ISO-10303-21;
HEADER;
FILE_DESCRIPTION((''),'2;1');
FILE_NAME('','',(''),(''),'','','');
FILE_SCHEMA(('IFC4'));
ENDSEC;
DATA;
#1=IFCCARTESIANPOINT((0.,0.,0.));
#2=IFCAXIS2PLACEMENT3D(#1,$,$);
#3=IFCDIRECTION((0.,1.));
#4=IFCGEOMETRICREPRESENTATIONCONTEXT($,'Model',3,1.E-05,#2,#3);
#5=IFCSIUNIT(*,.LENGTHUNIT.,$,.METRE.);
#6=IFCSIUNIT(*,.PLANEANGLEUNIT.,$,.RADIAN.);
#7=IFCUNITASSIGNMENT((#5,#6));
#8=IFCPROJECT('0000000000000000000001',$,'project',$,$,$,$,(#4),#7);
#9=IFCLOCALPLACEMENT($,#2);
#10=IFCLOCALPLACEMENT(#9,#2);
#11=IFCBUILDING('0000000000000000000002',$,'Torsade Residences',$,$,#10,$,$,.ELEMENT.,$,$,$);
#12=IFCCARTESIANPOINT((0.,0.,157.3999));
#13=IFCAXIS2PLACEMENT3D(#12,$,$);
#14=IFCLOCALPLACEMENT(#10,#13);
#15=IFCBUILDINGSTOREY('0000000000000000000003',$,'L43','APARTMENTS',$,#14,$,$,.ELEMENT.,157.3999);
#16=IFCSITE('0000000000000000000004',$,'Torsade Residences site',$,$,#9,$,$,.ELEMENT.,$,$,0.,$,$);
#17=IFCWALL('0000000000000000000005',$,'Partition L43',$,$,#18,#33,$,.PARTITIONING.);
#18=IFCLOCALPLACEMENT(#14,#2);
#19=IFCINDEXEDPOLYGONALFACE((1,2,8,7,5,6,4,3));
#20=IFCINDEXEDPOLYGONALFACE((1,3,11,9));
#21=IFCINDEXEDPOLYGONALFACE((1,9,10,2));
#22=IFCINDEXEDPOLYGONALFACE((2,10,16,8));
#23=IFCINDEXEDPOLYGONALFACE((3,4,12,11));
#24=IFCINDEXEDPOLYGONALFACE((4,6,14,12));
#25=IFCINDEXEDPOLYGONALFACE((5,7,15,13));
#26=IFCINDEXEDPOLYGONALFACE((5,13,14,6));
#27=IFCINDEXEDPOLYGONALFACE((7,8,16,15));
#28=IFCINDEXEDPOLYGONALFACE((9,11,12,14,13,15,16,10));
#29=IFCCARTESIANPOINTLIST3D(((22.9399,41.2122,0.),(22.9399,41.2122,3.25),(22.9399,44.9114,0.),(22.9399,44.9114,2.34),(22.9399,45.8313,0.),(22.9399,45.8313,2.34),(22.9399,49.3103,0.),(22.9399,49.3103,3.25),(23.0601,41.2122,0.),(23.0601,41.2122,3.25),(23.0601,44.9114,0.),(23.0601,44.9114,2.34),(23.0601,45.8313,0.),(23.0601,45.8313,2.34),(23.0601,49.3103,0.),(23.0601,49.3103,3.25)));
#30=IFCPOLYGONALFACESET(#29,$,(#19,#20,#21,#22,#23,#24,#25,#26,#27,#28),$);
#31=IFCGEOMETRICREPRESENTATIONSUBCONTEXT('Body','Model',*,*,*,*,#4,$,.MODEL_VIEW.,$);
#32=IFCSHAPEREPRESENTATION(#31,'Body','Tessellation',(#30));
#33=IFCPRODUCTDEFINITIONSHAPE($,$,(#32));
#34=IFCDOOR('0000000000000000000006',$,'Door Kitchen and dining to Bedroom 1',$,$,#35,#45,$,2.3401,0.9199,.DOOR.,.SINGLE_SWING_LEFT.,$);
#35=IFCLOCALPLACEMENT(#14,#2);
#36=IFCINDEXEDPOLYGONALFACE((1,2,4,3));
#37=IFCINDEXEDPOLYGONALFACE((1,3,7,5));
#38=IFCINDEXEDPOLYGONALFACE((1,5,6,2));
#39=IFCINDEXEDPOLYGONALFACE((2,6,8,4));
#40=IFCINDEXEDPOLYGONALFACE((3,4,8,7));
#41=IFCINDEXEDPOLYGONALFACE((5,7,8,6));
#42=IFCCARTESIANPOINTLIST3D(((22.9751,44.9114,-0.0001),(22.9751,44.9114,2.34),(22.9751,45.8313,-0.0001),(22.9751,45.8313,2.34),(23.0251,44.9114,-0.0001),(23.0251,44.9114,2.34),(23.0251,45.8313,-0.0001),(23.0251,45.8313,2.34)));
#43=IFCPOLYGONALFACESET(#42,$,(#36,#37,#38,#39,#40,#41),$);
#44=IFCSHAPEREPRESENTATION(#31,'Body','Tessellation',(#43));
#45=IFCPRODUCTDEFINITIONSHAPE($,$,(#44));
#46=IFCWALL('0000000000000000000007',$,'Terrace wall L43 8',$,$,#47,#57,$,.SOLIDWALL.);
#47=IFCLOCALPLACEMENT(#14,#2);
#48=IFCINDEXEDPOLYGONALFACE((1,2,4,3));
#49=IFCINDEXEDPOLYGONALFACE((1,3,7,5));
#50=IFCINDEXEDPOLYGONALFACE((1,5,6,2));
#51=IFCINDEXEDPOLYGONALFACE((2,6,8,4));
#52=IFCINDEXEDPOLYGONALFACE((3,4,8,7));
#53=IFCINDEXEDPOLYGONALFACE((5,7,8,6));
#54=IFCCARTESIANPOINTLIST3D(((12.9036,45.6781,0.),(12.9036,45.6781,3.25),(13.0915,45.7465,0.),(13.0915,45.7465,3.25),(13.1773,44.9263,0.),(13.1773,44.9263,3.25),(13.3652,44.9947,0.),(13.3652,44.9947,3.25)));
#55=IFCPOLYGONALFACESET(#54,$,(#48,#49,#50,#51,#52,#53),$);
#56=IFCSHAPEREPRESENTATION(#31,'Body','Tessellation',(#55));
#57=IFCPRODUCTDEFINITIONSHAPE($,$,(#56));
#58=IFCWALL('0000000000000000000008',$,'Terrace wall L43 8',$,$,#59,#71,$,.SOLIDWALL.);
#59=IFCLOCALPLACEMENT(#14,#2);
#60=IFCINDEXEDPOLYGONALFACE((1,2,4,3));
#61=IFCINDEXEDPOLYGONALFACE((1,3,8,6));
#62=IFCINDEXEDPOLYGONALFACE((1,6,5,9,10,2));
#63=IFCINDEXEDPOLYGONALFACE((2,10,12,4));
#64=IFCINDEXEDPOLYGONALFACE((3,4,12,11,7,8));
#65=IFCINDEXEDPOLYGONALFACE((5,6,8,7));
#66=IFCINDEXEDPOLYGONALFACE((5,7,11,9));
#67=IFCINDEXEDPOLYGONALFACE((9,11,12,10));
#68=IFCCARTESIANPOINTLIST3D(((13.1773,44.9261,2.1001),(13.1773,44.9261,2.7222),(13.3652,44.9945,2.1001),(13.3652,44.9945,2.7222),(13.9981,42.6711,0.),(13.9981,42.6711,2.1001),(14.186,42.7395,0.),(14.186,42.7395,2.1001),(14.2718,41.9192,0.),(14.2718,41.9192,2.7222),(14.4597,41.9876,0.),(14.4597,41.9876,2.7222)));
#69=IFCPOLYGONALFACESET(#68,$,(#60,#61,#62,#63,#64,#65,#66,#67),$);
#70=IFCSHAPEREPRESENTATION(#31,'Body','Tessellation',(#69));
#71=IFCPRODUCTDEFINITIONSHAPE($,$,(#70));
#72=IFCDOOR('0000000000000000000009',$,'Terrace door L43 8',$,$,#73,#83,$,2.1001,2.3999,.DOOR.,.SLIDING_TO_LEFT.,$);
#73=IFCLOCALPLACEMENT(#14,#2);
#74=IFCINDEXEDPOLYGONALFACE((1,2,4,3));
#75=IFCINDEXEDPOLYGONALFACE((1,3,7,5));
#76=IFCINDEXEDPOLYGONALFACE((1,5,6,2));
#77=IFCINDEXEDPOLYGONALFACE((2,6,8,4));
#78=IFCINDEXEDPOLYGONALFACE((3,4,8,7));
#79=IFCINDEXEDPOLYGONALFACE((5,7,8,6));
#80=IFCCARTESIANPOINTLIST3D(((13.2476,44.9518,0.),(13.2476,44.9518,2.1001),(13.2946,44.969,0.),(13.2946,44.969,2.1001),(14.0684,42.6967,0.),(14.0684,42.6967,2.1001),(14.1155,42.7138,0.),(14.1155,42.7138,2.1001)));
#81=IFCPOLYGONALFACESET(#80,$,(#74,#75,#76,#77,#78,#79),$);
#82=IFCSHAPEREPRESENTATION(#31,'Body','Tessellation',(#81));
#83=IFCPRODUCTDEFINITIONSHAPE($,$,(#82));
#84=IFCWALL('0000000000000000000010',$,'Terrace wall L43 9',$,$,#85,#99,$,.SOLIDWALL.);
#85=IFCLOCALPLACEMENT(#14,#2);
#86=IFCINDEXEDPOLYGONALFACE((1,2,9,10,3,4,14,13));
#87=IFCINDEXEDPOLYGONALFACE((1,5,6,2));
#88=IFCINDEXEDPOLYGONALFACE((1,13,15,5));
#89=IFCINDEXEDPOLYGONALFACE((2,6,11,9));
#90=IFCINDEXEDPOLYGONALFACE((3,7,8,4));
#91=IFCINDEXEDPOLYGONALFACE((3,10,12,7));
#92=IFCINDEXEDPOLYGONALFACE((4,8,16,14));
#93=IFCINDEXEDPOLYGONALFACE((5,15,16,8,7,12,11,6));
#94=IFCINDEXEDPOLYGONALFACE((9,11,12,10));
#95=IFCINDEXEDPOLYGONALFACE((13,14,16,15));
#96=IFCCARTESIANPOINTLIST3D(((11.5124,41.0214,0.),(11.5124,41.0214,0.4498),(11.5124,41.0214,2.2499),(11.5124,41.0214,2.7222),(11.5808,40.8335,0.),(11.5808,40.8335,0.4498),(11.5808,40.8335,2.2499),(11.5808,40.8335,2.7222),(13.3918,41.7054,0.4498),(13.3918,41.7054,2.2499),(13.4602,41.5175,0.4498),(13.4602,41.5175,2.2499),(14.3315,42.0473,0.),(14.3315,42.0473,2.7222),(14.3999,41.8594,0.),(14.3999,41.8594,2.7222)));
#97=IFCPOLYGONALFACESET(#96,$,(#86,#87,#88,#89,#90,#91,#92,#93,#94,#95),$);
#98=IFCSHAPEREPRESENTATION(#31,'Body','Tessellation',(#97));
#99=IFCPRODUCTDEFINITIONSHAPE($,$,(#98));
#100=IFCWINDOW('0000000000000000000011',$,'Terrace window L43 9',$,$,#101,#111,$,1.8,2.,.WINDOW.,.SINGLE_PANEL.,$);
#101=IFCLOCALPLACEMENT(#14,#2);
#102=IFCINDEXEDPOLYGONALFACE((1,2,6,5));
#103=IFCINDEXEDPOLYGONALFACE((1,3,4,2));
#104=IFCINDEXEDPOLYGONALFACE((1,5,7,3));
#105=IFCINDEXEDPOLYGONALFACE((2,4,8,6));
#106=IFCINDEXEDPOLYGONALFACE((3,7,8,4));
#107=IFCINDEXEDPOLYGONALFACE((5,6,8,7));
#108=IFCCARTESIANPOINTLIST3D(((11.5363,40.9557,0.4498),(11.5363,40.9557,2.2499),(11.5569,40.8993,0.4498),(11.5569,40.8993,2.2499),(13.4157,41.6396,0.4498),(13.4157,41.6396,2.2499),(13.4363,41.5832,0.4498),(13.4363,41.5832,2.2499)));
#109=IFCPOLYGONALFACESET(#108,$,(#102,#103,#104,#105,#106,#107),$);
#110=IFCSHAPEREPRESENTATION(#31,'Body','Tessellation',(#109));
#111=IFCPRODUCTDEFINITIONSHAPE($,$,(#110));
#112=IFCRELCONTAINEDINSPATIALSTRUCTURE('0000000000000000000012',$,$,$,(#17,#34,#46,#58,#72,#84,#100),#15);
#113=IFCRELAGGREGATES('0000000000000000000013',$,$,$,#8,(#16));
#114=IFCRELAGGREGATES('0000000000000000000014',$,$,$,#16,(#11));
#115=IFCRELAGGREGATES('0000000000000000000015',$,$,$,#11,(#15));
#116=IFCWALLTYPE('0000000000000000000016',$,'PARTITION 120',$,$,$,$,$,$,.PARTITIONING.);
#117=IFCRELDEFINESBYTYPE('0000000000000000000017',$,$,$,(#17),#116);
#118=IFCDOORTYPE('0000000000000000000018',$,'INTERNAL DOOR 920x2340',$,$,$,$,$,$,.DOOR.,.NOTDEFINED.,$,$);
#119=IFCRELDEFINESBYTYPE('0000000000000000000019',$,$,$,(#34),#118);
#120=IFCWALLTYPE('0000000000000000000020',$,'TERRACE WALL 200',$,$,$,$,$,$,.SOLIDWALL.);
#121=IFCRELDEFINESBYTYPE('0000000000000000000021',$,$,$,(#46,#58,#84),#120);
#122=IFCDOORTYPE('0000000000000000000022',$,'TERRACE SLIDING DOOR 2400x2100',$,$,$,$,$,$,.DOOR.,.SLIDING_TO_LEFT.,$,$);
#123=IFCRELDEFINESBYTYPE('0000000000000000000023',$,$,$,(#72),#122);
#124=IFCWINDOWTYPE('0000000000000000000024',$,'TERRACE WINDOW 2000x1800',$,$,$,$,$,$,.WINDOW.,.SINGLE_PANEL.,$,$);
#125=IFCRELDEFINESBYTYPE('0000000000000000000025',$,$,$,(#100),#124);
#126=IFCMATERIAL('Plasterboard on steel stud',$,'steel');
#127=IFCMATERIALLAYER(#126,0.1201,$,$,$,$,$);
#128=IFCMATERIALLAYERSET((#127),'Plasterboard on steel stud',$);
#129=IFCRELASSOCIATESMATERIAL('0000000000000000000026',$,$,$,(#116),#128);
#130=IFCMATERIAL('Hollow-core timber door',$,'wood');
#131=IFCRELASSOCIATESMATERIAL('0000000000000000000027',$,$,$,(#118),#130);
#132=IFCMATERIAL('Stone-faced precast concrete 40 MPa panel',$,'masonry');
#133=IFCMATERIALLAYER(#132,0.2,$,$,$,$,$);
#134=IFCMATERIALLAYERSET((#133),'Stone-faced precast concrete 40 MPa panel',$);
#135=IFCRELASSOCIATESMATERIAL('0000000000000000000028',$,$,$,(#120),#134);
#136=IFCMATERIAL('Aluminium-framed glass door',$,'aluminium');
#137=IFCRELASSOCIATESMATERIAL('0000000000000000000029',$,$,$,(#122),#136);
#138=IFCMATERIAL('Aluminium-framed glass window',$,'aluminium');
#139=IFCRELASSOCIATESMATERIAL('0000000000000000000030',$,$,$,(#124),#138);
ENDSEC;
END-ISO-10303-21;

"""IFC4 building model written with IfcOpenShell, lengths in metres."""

from ifc_helpers import new_model, si_unit, direction, frame, frame_2d, origin, place, context, subcontext, project, spatial, rectangle, extrude, material, layer, layer_set, type_object, element, fill, save


model = new_model("IFC4")

# Units and contexts
model_context = context("Model", 3, precision=1e-05, world=origin(), true_north=direction((0.0, 1.0)))
body_context = subcontext(model_context, "Body", "Model", "MODEL_VIEW")
ifc_project = project(units=[si_unit("LENGTHUNIT", "METRE"), si_unit("PLANEANGLEUNIT", "RADIAN")], contexts=[model_context])

# Site, building, storey
site_placement = place(None, origin())
site = spatial("IfcSite", under=ifc_project, at=site_placement, Name="Torsade Residences site", CompositionType="ELEMENT", RefElevation=0.0)
building_placement = place(site_placement, origin())
building = spatial("IfcBuilding", under=site, at=building_placement, Name="Torsade Residences", CompositionType="ELEMENT")
storey_placement = place(building_placement, frame((0.0, 0.0, 157.3999)))
storey = spatial("IfcBuildingStorey", under=building, at=storey_placement, Name="L43", Description="APARTMENTS", CompositionType="ELEMENT", Elevation=157.3999)

# Shared definitions
ifc_material_1 = material(Name="Plasterboard on steel stud", Category="steel")
ifc_layer_1 = layer(ifc_material_1, 0.1201)
ifc_layer_set_1 = layer_set([ifc_layer_1], Name="Plasterboard on steel stud")
wall_type_1 = type_object("IfcWallType", Name="PARTITION 120", PredefinedType="PARTITIONING", material=ifc_layer_set_1)

# Wall, opening, door
ifc_material_2 = material(Name="Hollow-core timber door", Category="wood")
door_type_1 = type_object("IfcDoorType", Name="INTERNAL DOOR 920x2340", OperationType="NOTDEFINED", PredefinedType="DOOR", material=ifc_material_2)
wall_1_placement = place(storey_placement, frame((23.0, 41.2122, 0.0), z_axis=(0.0, 0.0, 1.0), x_axis=(0.0, 1.0, 0.0)))
wall_1 = element("IfcWall", 1, at=wall_1_placement, inside=storey, type_object=wall_type_1, Name="Partition L43", PredefinedType="PARTITIONING", context=body_context, shape_type="SweptSolid", body=[
    extrude(rectangle(XDim=8.0981, YDim=0.1201, at=frame_2d((4.0491, 0.0))), origin(), (0.0, 0.0, 1.0), 3.25),
])
opening_1_placement = place(wall_1_placement, frame((3.6992, 0.0, 0.0)))
opening_1 = element("IfcOpeningElement", 2, at=opening_1_placement, cuts=wall_1, PredefinedType="OPENING", context=body_context, shape_type="SweptSolid", body=[
    extrude(rectangle(XDim=0.9199, YDim=2.3401, at=frame_2d((0.46, 1.1699))), frame((0.0, 0.0701, 0.0), z_axis=(0.0, -1.0, 0.0), x_axis=(1.0, 0.0, 0.0)), (0.0, 0.0, 1.0), 0.1401),
])
door_1_placement = place(opening_1_placement, origin())
door_1 = element("IfcDoor", 3, at=door_1_placement, inside=storey, type_object=door_type_1, Name="Door Kitchen and dining to Bedroom 1", OperationType="SINGLE_SWING_LEFT", OverallHeight=2.3401, OverallWidth=0.9199, PredefinedType="DOOR", context=body_context, shape_type="SweptSolid", body=[
    extrude(rectangle(XDim=0.9199, YDim=2.3401, at=frame_2d((0.46, 1.1699))), frame((0.0, 0.0249, 0.0), z_axis=(0.0, -1.0, 0.0), x_axis=(1.0, 0.0, 0.0)), (0.0, 0.0, 1.0), 0.05),
])
fill(opening_1, door_1)

# Wall
ifc_material_3 = material(Name="Stone-faced precast concrete 40 MPa panel", Category="masonry")
ifc_layer_2 = layer(ifc_material_3, 0.2)
ifc_layer_set_2 = layer_set([ifc_layer_2], Name="Stone-faced precast concrete 40 MPa panel")
wall_type_2 = type_object("IfcWallType", Name="TERRACE WALL 200", PredefinedType="SOLIDWALL", material=ifc_layer_set_2)
wall_2_placement = place(storey_placement, frame((12.9976, 45.7122, 0.0), z_axis=(0.0, 0.0, 1.0), x_axis=(0.342111, -0.93966, 0.0)))
element("IfcWall", 4, at=wall_2_placement, inside=storey, type_object=wall_type_2, Name="Terrace wall L43 8", PredefinedType="SOLIDWALL", context=body_context, shape_type="SweptSolid", body=[
    extrude(rectangle(XDim=0.8, YDim=0.2, at=frame_2d((0.3999, 0.0))), origin(), (0.0, 0.0, 1.0), 3.25),
])

# Wall, opening, door
wall_3_placement = place(storey_placement, frame((13.2712, 44.9604, 0.0), z_axis=(0.0, 0.0, 1.0), x_axis=(0.342019, -0.939693, 0.0)))
wall_3 = element("IfcWall", 5, at=wall_3_placement, inside=storey, type_object=wall_type_2, Name="Terrace wall L43 8", PredefinedType="SOLIDWALL", context=body_context, shape_type="SweptSolid", body=[
    extrude(rectangle(XDim=3.2, YDim=0.2, at=frame_2d((1.6001, 0.0))), origin(), (0.0, 0.0, 1.0), 2.7222),
])
opening_2_placement = place(wall_3_placement, origin())
opening_2 = element("IfcOpeningElement", 6, at=opening_2_placement, cuts=wall_3, PredefinedType="OPENING", context=body_context, shape_type="SweptSolid", body=[
    extrude(rectangle(XDim=2.3999, YDim=2.1001, at=frame_2d((1.2, 1.05))), frame((0.0, 0.1099, 0.0), z_axis=(0.0, -1.0, 0.0), x_axis=(1.0, 0.0, 0.0)), (0.0, 0.0, 1.0), 0.22),
])
ifc_material_4 = material(Name="Aluminium-framed glass door", Category="aluminium")
door_type_2 = type_object("IfcDoorType", Name="TERRACE SLIDING DOOR 2400x2100", OperationType="SLIDING_TO_LEFT", PredefinedType="DOOR", material=ifc_material_4)
door_2_placement = place(opening_2_placement, origin())
door_2 = element("IfcDoor", 7, at=door_2_placement, inside=storey, type_object=door_type_2, Name="Terrace door L43 8", OperationType="SLIDING_TO_LEFT", OverallHeight=2.1001, OverallWidth=2.3999, PredefinedType="DOOR", context=body_context, shape_type="SweptSolid", body=[
    extrude(rectangle(XDim=2.3999, YDim=2.1001, at=frame_2d((1.2, 1.05))), frame((0.0, 0.0249, 0.0), z_axis=(0.0, -1.0, 0.0), x_axis=(1.0, 0.0, 0.0)), (0.0, 0.0, 1.0), 0.05),
])
fill(opening_2, door_2)

# Wall, opening, window
wall_4_placement = place(storey_placement, frame((14.3657, 41.9534, 0.0), z_axis=(0.0, 0.0, 1.0), x_axis=(-0.939713, -0.341965, 0.0)))
wall_4 = element("IfcWall", 8, at=wall_4_placement, inside=storey, type_object=wall_type_2, Name="Terrace wall L43 9", PredefinedType="SOLIDWALL", context=body_context, shape_type="SweptSolid", body=[
    extrude(rectangle(XDim=3.0, YDim=0.2, at=frame_2d((1.5, 0.0))), origin(), (0.0, 0.0, 1.0), 2.7222),
])
opening_3_placement = place(wall_4_placement, frame((1.0, 0.0, 0.45)))
opening_3 = element("IfcOpeningElement", 9, at=opening_3_placement, cuts=wall_4, PredefinedType="OPENING", context=body_context, shape_type="SweptSolid", body=[
    extrude(rectangle(XDim=2.0, YDim=1.8, at=frame_2d((1.0, 0.8999))), frame((0.0, 0.1099, 0.0), z_axis=(0.0, -1.0, 0.0), x_axis=(1.0, 0.0, 0.0)), (0.0, 0.0, 1.0), 0.22),
])
ifc_material_5 = material(Name="Aluminium-framed glass window", Category="aluminium")
window_type = type_object("IfcWindowType", Name="TERRACE WINDOW 2000x1800", PartitioningType="SINGLE_PANEL", PredefinedType="WINDOW", material=ifc_material_5)
window_placement = place(opening_3_placement, origin())
window = element("IfcWindow", 10, at=window_placement, inside=storey, type_object=window_type, Name="Terrace window L43 9", OverallHeight=1.8, OverallWidth=2.0, PartitioningType="SINGLE_PANEL", PredefinedType="WINDOW", context=body_context, shape_type="SweptSolid", body=[
    extrude(rectangle(XDim=2.0, YDim=1.8, at=frame_2d((1.0, 0.8999))), frame((0.0, 0.03, 0.0), z_axis=(0.0, -1.0, 0.0), x_axis=(1.0, 0.0, 0.0)), (0.0, 0.0, 1.0), 0.0601),
])
fill(opening_3, window)

save(model, "model.ifc")
